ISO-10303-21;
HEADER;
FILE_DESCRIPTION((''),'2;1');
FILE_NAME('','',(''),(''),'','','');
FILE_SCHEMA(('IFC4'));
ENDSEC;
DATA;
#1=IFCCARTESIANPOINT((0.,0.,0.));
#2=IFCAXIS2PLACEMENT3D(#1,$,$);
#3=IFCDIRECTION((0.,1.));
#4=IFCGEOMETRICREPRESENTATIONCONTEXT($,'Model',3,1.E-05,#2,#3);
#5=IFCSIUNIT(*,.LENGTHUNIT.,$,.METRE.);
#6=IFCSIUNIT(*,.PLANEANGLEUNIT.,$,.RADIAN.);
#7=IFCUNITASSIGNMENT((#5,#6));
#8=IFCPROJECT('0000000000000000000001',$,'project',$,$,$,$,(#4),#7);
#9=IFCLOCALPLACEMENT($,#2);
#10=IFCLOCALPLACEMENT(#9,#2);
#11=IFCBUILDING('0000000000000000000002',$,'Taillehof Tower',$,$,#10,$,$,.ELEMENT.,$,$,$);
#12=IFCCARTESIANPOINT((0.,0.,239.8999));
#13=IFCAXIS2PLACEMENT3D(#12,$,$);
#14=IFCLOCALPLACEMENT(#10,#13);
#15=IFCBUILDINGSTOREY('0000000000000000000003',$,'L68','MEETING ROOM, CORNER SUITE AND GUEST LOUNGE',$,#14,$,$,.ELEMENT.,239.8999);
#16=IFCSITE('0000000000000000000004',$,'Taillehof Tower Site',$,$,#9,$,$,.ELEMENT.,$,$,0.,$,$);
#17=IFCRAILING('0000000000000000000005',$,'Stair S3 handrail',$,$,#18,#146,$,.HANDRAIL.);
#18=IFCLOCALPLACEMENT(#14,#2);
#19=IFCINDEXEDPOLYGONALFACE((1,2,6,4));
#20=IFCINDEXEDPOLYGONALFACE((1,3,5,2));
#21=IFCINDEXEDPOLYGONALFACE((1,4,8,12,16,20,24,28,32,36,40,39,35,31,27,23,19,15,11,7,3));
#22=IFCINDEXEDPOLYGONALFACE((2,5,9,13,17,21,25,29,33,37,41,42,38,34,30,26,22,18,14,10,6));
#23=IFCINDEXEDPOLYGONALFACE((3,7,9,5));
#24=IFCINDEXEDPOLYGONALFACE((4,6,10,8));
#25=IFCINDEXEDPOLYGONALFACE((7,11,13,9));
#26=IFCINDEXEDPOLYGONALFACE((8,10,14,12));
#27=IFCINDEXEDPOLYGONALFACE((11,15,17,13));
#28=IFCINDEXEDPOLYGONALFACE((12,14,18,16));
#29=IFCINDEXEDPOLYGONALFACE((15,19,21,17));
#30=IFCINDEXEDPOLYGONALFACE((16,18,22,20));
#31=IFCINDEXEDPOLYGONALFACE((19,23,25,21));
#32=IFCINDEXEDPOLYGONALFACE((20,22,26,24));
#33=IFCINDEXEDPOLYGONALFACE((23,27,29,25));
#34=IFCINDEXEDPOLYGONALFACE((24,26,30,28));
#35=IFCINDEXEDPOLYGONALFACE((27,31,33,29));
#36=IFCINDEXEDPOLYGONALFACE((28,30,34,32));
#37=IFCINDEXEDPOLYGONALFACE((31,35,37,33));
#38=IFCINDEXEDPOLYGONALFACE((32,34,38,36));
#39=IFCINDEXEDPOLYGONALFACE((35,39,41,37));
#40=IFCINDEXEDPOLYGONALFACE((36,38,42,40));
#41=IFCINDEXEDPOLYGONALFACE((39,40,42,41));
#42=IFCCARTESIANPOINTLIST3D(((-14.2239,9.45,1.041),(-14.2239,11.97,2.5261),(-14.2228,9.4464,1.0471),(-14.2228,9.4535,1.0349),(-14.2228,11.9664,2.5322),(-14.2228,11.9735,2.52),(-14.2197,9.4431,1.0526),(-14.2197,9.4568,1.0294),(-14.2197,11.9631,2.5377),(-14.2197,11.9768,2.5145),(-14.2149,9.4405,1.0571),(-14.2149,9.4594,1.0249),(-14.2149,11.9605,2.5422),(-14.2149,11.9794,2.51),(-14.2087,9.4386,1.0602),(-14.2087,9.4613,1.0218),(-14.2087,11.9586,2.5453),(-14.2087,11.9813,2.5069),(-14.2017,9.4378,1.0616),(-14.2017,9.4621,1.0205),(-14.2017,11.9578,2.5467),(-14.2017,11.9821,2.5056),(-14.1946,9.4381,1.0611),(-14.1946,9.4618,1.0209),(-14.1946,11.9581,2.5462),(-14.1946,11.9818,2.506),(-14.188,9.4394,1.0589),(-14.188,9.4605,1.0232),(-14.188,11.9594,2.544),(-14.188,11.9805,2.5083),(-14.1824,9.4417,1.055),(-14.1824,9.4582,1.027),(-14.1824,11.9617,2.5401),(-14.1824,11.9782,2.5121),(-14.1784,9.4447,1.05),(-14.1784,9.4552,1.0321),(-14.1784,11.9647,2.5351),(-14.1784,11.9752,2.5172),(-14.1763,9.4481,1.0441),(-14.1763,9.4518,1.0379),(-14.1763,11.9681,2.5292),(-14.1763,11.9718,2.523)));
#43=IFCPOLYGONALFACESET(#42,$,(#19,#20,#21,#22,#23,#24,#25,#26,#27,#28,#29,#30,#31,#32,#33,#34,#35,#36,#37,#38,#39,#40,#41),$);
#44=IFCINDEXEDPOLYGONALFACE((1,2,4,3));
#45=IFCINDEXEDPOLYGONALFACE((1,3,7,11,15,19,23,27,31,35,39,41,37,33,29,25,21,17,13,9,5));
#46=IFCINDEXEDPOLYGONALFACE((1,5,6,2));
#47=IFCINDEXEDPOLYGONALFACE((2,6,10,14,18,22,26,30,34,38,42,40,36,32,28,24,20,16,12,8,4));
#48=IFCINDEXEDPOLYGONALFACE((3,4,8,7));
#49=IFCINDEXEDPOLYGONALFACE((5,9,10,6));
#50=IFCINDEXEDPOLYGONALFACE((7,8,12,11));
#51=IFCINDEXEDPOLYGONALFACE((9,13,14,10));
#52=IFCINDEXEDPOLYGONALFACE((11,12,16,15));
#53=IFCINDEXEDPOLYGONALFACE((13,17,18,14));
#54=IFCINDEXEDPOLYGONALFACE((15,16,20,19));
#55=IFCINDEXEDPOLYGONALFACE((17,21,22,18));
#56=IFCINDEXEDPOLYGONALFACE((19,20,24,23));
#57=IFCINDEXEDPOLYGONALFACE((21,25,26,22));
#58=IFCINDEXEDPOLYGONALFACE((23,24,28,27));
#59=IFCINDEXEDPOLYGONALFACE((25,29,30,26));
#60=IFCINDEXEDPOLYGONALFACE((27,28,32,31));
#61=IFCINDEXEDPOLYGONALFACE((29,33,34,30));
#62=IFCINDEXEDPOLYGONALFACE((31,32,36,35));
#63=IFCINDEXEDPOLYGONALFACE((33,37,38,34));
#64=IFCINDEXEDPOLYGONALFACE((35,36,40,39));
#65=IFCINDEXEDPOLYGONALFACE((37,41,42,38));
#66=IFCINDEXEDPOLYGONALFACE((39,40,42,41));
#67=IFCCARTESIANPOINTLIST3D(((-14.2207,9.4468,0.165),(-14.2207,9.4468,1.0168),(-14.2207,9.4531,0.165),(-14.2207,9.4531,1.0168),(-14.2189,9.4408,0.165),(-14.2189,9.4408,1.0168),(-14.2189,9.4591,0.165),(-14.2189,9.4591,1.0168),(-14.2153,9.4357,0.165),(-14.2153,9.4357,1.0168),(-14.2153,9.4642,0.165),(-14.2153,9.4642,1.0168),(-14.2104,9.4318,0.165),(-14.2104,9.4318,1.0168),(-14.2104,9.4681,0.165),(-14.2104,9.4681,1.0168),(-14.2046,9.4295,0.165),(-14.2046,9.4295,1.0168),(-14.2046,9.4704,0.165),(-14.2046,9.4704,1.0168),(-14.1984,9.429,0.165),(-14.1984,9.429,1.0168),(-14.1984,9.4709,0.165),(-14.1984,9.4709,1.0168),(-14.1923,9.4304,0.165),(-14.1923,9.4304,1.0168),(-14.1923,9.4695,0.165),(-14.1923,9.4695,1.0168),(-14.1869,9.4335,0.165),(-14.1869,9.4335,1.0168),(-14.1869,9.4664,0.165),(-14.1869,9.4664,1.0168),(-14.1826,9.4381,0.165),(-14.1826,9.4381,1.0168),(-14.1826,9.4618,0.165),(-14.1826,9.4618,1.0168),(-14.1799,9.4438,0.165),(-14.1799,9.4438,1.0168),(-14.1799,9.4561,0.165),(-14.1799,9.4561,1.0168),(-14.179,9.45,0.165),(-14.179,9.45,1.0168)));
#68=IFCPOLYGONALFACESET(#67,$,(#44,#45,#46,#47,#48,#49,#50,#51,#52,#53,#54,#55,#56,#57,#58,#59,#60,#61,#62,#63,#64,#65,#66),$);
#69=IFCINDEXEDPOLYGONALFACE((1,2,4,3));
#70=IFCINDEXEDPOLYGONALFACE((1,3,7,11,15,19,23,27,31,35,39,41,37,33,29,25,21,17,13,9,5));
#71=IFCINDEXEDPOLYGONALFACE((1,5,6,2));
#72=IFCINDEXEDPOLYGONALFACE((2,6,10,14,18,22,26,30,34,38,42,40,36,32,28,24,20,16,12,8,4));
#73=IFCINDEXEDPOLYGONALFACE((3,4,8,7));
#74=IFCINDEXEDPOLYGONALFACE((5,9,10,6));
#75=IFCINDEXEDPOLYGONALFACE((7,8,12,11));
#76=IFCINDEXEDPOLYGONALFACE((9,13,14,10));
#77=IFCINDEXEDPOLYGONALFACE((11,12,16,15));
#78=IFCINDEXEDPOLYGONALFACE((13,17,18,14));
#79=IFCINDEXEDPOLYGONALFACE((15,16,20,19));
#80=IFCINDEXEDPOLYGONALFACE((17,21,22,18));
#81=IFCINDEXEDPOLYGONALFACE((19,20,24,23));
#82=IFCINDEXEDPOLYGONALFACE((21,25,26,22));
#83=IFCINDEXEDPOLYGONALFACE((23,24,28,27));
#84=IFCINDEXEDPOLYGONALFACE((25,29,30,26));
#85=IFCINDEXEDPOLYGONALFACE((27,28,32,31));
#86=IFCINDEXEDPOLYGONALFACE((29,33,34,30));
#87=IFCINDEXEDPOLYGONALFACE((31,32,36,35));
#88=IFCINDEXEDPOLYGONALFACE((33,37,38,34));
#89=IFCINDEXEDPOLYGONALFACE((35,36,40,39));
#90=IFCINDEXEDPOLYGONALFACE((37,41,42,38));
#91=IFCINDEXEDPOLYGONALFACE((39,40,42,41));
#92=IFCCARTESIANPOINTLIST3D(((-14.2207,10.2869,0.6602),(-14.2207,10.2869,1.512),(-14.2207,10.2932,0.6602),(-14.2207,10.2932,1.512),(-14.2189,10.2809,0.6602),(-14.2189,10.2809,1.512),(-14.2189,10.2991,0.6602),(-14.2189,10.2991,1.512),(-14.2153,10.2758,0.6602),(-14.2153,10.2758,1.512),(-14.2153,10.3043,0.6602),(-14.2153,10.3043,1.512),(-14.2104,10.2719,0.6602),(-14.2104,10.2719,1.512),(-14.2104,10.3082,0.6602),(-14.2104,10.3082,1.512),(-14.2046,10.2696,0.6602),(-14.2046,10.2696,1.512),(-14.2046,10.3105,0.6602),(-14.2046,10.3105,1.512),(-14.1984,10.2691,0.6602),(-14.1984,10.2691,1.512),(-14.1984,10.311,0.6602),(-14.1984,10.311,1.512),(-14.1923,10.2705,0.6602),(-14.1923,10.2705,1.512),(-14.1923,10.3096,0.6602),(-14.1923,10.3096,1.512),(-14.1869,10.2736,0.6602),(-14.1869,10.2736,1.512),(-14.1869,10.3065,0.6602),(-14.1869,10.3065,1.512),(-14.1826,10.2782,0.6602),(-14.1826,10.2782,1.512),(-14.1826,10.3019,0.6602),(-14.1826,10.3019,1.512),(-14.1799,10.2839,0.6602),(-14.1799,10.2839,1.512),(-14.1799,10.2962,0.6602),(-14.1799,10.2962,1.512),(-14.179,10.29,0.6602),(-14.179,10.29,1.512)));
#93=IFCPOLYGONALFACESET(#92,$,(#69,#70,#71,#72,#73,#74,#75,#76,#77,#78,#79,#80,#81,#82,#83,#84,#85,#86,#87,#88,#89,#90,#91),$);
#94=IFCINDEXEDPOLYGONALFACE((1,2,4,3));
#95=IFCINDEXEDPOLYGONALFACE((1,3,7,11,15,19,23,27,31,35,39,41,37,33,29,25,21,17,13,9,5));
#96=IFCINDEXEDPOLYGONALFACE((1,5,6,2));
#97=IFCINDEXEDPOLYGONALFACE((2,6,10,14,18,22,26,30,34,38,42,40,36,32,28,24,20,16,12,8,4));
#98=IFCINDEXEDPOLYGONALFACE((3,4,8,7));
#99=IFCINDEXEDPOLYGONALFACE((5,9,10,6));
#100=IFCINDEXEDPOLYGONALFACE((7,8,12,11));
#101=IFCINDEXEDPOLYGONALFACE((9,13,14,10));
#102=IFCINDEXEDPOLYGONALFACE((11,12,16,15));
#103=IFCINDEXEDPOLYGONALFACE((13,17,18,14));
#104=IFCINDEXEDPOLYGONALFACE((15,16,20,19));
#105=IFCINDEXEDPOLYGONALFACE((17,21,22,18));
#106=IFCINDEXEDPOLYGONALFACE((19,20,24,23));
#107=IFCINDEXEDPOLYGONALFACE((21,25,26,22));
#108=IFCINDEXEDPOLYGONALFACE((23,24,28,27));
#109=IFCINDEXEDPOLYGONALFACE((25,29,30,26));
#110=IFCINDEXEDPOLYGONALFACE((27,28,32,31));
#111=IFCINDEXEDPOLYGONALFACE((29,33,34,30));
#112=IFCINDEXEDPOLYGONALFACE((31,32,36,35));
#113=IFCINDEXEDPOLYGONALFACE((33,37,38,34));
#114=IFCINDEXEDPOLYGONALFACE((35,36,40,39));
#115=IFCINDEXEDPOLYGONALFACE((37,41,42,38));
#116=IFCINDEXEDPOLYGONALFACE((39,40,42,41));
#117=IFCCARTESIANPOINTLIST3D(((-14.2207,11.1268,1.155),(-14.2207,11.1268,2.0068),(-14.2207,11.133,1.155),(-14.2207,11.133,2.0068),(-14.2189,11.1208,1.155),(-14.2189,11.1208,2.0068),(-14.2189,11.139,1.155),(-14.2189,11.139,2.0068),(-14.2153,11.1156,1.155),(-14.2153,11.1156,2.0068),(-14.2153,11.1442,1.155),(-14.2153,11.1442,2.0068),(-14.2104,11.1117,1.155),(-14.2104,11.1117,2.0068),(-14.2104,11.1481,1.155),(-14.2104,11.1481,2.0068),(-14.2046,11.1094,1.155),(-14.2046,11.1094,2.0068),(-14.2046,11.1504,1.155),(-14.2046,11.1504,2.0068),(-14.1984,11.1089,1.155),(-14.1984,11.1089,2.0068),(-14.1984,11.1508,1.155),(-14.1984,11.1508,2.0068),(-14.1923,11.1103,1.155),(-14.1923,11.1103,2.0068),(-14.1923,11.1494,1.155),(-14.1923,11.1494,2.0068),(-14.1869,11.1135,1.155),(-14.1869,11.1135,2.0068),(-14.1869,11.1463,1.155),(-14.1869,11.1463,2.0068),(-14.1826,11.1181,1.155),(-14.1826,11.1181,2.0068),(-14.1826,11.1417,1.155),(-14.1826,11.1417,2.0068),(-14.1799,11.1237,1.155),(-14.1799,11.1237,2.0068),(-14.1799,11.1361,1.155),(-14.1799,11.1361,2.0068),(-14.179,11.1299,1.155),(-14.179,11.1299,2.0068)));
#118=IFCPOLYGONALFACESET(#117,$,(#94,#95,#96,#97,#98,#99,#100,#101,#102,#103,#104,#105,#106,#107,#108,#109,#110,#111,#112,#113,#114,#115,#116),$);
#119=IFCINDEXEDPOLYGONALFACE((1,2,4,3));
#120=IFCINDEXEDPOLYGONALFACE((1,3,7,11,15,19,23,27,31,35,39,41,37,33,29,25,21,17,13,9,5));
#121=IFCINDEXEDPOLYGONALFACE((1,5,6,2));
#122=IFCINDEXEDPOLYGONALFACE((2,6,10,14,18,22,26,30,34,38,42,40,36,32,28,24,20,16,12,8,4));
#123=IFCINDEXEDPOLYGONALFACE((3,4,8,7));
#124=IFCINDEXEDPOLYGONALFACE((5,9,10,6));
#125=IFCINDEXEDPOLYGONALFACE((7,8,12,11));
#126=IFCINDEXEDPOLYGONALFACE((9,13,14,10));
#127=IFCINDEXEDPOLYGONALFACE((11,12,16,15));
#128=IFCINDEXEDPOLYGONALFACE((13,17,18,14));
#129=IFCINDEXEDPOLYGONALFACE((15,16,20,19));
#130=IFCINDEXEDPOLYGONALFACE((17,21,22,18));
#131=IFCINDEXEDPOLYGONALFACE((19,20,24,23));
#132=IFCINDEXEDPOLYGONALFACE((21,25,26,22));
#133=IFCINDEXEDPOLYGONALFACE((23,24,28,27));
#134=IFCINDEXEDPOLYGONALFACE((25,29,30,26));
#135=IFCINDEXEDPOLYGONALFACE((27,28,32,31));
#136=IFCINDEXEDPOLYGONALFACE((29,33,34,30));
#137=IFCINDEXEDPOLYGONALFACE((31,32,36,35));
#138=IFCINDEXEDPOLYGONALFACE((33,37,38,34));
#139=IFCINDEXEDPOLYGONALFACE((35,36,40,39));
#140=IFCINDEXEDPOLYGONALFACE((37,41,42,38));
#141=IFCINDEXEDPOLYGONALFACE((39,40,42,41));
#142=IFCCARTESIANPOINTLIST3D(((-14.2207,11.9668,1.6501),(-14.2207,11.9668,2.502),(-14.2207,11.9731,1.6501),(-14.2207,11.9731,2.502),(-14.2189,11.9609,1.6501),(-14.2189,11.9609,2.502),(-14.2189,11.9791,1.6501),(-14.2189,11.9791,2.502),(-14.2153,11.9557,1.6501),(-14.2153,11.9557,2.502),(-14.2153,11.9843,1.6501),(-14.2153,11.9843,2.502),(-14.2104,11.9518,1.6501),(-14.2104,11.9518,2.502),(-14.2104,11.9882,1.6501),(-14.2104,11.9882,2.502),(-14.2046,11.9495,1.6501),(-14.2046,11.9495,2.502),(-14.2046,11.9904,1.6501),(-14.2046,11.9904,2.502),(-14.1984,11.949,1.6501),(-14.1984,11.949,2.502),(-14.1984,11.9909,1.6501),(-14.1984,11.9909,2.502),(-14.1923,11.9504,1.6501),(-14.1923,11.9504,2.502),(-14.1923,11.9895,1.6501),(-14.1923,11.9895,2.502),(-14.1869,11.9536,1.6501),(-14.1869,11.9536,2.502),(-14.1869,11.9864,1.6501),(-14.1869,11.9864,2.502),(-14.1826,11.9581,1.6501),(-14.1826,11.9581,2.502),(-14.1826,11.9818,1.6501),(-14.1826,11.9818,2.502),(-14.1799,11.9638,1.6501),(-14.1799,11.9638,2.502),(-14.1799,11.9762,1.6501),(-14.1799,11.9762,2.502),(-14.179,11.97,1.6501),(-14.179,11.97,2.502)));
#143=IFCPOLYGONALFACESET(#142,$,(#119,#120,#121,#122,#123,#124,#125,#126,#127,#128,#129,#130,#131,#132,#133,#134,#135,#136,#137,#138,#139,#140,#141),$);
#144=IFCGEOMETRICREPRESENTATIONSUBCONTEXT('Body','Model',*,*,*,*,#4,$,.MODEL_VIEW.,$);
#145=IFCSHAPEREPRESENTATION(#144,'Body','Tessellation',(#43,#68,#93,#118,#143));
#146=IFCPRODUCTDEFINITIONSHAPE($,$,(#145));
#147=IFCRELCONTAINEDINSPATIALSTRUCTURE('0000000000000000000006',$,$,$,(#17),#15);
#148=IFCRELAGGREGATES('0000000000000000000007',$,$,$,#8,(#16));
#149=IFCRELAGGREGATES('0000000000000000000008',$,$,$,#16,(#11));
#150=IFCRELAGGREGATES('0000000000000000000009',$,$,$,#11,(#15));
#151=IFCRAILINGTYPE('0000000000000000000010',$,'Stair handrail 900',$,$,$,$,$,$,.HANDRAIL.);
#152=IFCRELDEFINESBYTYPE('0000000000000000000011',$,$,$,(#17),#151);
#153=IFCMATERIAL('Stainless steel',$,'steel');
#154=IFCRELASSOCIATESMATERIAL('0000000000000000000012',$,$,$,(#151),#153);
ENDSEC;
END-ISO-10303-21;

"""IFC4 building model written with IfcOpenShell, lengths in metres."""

from ifc_helpers import new_model, si_unit, direction, frame, origin, origin_2d, place, context, subcontext, project, spatial, circle, extrude, material, type_object, element, save


model = new_model("IFC4")

# Units and contexts
model_context = context("Model", 3, precision=1e-05, world=origin(), true_north=direction((0.0, 1.0)))
body_context = subcontext(model_context, "Body", "Model", "MODEL_VIEW")
ifc_project = project(units=[si_unit("LENGTHUNIT", "METRE"), si_unit("PLANEANGLEUNIT", "RADIAN")], contexts=[model_context])

# Site, building, storey
site_placement = place(None, origin())
site = spatial("IfcSite", under=ifc_project, at=site_placement, Name="Taillehof Tower Site", CompositionType="ELEMENT", RefElevation=0.0)
building_placement = place(site_placement, origin())
building = spatial("IfcBuilding", under=site, at=building_placement, Name="Taillehof Tower", CompositionType="ELEMENT")
storey_placement = place(building_placement, frame((0.0, 0.0, 239.8999)))
storey = spatial("IfcBuildingStorey", under=building, at=storey_placement, Name="L68", Description="MEETING ROOM, CORNER SUITE AND GUEST LOUNGE", CompositionType="ELEMENT", Elevation=239.8999)

# Railing
ifc_material_1 = material(Name="Stainless steel", Category="steel")
railing_type = type_object("IfcRailingType", Name="Stair handrail 900", PredefinedType="HANDRAIL", material=ifc_material_1)
railing_placement = place(storey_placement, frame((-14.2, 9.45, 0.165)))
element("IfcRailing", 1, at=railing_placement, inside=storey, type_object=railing_type, Name="Stair S3 handrail", PredefinedType="HANDRAIL", context=body_context, shape_type="SweptSolid", body=[
    extrude(circle(Radius=0.0239, at=origin_2d()), frame((0.0, 0.0, 0.876), z_axis=(0.0, 0.861524, 0.507717), x_axis=(-1.0, 0.0, 0.0)), (0.0, 0.0, 1.0), 2.925),
    extrude(circle(Radius=0.021, at=origin_2d()), origin(), (0.0, 0.0, 1.0), 0.8518),
    extrude(circle(Radius=0.021, at=origin_2d()), frame((0.0, 0.8401, 0.4951)), (0.0, 0.0, 1.0), 0.8518),
    extrude(circle(Radius=0.021, at=origin_2d()), frame((0.0, 1.6799, 0.99)), (0.0, 0.0, 1.0), 0.8518),
    extrude(circle(Radius=0.021, at=origin_2d()), frame((0.0, 2.52, 1.4851)), (0.0, 0.0, 1.0), 0.8518),
])

save(model, "model.ifc")
